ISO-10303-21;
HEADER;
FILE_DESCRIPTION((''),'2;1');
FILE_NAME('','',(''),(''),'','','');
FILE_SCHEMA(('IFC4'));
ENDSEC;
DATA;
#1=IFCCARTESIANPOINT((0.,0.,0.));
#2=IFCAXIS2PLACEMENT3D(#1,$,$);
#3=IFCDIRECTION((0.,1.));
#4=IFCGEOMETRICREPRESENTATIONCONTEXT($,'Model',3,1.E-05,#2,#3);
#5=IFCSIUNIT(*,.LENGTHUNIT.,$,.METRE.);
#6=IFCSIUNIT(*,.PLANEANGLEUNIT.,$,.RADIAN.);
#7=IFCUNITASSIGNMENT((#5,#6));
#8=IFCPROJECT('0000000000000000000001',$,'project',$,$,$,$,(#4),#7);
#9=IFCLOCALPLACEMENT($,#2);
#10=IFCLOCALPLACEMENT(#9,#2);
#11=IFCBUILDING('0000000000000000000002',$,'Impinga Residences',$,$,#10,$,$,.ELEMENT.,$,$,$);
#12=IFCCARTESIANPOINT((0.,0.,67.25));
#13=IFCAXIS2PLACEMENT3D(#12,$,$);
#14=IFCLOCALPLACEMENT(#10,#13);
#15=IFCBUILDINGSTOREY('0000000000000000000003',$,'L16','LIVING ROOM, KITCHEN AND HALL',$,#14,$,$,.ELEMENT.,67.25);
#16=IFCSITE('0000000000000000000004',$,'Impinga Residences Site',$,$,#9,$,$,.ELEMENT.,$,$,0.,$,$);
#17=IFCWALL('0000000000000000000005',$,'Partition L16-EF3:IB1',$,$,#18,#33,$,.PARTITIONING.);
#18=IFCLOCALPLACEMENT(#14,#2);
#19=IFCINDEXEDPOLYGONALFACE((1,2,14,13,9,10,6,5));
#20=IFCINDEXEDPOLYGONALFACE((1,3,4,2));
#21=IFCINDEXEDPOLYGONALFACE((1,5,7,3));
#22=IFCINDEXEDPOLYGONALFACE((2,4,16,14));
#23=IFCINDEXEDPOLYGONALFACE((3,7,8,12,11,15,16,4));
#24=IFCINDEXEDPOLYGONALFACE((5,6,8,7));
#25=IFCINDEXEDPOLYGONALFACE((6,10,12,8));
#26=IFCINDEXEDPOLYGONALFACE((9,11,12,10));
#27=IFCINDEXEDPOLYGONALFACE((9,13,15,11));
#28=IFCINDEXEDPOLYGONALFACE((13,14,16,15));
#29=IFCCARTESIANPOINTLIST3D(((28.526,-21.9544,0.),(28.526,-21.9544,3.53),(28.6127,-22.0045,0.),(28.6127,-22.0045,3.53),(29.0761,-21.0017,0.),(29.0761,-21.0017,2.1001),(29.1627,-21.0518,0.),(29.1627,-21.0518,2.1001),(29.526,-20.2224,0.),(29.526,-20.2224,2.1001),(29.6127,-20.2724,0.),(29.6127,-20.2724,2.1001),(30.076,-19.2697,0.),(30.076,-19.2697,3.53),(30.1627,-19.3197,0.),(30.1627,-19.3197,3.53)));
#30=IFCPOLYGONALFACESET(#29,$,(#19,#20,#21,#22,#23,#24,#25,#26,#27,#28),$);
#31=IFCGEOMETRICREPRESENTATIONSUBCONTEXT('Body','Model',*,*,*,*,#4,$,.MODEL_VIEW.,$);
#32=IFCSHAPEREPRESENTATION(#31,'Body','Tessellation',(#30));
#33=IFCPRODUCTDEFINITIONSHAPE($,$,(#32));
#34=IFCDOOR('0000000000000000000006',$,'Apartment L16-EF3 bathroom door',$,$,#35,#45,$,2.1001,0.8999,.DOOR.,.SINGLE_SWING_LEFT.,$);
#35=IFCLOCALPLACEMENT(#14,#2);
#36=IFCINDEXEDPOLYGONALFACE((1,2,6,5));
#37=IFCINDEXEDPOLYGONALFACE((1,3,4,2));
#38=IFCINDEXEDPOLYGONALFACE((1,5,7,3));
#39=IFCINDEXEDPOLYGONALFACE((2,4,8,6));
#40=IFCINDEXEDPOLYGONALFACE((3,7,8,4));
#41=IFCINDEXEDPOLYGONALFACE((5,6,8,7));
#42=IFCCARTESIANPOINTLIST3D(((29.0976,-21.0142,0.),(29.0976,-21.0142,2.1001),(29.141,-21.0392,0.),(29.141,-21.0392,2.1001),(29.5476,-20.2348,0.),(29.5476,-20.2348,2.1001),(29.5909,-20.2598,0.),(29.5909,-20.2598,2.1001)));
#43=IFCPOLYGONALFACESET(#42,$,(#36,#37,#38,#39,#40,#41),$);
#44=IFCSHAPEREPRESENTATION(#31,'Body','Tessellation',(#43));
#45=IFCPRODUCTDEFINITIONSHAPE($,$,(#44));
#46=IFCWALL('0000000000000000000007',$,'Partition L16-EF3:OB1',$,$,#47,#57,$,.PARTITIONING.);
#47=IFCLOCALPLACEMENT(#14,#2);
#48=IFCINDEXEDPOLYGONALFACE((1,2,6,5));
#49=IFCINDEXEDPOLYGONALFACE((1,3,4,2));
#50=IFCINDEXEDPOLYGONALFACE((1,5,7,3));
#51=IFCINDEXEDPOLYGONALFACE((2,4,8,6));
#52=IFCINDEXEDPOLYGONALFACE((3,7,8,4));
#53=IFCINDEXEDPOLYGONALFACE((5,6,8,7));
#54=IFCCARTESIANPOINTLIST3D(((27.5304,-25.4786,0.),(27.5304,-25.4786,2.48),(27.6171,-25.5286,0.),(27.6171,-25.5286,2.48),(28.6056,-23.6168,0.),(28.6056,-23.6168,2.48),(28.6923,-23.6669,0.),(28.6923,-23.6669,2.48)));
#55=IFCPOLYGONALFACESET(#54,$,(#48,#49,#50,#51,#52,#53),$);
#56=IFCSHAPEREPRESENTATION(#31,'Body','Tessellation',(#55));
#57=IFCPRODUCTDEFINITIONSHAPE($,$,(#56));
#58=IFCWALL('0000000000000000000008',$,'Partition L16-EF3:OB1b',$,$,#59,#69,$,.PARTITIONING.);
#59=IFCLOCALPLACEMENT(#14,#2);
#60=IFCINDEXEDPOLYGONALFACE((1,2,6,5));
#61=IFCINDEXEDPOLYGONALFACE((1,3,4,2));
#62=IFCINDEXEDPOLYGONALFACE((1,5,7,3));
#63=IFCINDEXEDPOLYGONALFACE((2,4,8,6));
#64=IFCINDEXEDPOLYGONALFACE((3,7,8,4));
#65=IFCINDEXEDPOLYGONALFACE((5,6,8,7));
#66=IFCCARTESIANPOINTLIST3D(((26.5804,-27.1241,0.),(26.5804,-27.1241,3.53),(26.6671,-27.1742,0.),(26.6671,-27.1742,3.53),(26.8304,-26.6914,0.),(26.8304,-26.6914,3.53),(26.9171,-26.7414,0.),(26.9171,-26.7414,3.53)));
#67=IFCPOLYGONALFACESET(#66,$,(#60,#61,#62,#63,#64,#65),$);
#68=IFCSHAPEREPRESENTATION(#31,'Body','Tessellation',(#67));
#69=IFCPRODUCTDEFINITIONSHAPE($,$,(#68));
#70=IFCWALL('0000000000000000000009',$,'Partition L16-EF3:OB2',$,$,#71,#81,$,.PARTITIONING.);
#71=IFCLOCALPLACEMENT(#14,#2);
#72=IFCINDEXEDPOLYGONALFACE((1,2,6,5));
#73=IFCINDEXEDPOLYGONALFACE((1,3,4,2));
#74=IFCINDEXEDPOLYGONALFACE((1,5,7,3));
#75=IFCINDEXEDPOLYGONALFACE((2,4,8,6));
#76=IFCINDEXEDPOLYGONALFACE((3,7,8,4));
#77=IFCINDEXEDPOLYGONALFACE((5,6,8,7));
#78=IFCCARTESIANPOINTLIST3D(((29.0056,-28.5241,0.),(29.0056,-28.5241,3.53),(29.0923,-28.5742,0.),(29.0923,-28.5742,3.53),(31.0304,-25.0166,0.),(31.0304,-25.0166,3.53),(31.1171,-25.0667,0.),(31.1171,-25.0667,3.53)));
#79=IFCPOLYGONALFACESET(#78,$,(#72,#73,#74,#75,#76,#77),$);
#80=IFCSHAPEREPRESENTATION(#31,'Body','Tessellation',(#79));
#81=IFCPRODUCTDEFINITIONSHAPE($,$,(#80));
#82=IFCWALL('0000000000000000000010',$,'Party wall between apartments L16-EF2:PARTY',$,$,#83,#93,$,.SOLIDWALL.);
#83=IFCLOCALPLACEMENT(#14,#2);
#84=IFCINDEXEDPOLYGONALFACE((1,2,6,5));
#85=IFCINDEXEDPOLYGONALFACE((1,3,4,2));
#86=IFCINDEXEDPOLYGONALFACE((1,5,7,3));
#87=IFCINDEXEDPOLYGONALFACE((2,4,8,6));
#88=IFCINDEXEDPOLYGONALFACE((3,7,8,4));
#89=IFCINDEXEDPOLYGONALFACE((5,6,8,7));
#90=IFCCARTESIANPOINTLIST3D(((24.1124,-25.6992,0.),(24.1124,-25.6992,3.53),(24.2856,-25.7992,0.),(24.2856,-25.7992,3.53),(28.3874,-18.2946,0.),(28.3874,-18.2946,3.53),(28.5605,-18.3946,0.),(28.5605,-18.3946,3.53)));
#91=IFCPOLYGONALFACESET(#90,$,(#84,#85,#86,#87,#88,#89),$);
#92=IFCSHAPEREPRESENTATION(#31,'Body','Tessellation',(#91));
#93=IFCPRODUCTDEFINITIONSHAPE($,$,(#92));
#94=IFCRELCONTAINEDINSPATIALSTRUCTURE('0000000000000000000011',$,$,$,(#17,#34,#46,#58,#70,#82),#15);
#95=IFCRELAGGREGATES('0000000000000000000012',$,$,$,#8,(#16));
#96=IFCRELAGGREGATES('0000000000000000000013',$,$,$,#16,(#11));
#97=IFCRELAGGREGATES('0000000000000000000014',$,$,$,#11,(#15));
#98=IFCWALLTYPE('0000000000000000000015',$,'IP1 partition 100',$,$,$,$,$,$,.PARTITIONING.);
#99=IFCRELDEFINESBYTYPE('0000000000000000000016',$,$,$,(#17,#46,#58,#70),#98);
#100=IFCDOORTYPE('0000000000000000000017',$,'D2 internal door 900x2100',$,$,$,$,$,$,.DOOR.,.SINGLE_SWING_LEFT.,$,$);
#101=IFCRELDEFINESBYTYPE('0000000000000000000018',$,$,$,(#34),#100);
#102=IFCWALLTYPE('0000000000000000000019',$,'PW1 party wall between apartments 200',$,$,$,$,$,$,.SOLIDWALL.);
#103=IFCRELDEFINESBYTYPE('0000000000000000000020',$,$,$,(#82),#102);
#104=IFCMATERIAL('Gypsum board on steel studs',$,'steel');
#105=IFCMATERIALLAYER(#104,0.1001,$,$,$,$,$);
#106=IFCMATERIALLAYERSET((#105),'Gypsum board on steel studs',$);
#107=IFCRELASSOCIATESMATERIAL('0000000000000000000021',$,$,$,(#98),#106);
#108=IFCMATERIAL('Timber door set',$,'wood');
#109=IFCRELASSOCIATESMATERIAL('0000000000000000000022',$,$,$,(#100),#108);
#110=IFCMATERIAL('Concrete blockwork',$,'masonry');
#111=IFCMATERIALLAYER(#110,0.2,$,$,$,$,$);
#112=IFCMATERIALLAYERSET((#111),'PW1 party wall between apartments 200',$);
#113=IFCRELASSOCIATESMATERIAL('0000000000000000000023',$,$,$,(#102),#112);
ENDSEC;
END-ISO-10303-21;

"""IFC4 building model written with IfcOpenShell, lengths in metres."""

from ifc_helpers import new_model, si_unit, direction, frame, frame_2d, origin, place, context, subcontext, project, spatial, rectangle, extrude, material, layer, layer_set, type_object, element, fill, save


model = new_model("IFC4")

# Units and contexts
model_context = context("Model", 3, precision=1e-05, world=origin(), true_north=direction((0.0, 1.0)))
body_context = subcontext(model_context, "Body", "Model", "MODEL_VIEW")
ifc_project = project(units=[si_unit("LENGTHUNIT", "METRE"), si_unit("PLANEANGLEUNIT", "RADIAN")], contexts=[model_context])

# Site, building, storey
site_placement = place(None, origin())
site = spatial("IfcSite", under=ifc_project, at=site_placement, Name="Impinga Residences Site", CompositionType="ELEMENT", RefElevation=0.0)
building_placement = place(site_placement, origin())
building = spatial("IfcBuilding", under=site, at=building_placement, Name="Impinga Residences", CompositionType="ELEMENT")
storey_placement = place(building_placement, frame((0.0, 0.0, 67.25)))
storey = spatial("IfcBuildingStorey", under=building, at=storey_placement, Name="L16", Description="LIVING ROOM, KITCHEN AND HALL", CompositionType="ELEMENT", Elevation=67.25)

# Shared definitions
ifc_material_1 = material(Name="Gypsum board on steel studs", Category="steel")
ifc_layer_1 = layer(ifc_material_1, 0.1001)
ifc_layer_set_1 = layer_set([ifc_layer_1], Name="Gypsum board on steel studs")
wall_type_1 = type_object("IfcWallType", Name="IP1 partition 100", PredefinedType="PARTITIONING", material=ifc_layer_set_1)

# Shared definitions
ifc_material_2 = material(Name="Timber door set", Category="wood")
door_type = type_object("IfcDoorType", Name="D2 internal door 900x2100", OperationType="SINGLE_SWING_LEFT", PredefinedType="DOOR", material=ifc_material_2)

# Wall, opening, door
wall_1_placement = place(storey_placement, frame((30.1194, -19.2947, 0.0), z_axis=(0.0, 0.0, 1.0), x_axis=(-0.499993, -0.86603, 0.0)))
wall_1 = element("IfcWall", 1, at=wall_1_placement, inside=storey, type_object=wall_type_1, Name="Partition L16-EF3:IB1", PredefinedType="PARTITIONING", context=body_context, shape_type="SweptSolid", body=[
    extrude(rectangle(XDim=3.1001, YDim=0.1001, at=frame_2d((1.55, 0.0))), origin(), (0.0, 0.0, 1.0), 3.53),
])
opening_1_placement = place(wall_1_placement, frame((1.1001, 0.0, 0.0)))
opening_1 = element("IfcOpeningElement", 2, at=opening_1_placement, cuts=wall_1, PredefinedType="OPENING", context=body_context, shape_type="SweptSolid", body=[
    extrude(rectangle(XDim=0.8999, YDim=2.1001, at=frame_2d((0.45, 1.05))), frame((0.0, 0.0601, 0.0), z_axis=(0.0, -1.0, 0.0), x_axis=(1.0, 0.0, 0.0)), (0.0, 0.0, 1.0), 0.1201),
])
door_1_placement = place(opening_1_placement, origin())
door_1 = element("IfcDoor", 3, at=door_1_placement, inside=storey, type_object=door_type, Name="Apartment L16-EF3 bathroom door", OperationType="SINGLE_SWING_LEFT", OverallHeight=2.1001, OverallWidth=0.8999, PredefinedType="DOOR", context=body_context, shape_type="SweptSolid", body=[
    extrude(rectangle(XDim=0.8999, YDim=2.1001, at=frame_2d((0.45, 1.05))), frame((0.0, 0.0249, 0.0), z_axis=(0.0, -1.0, 0.0), x_axis=(1.0, 0.0, 0.0)), (0.0, 0.0, 1.0), 0.05),
])
fill(opening_1, door_1)

# Walls
wall_2_placement = place(storey_placement, frame((28.6489, -23.6418, 0.0), z_axis=(0.0, 0.0, 1.0), x_axis=(-0.500096, -0.86597, 0.0)))
element("IfcWall", 4, at=wall_2_placement, inside=storey, type_object=wall_type_1, Name="Partition L16-EF3:OB1", PredefinedType="PARTITIONING", context=body_context, shape_type="SweptSolid", body=[
    extrude(rectangle(XDim=2.1499, YDim=0.1001, at=frame_2d((1.075, 0.0))), origin(), (0.0, 0.0, 1.0), 2.48),
])
wall_3_placement = place(storey_placement, frame((26.8738, -26.7163, 0.0), z_axis=(0.0, 0.0, 1.0), x_axis=(-0.500131, -0.86595, 0.0)))
element("IfcWall", 5, at=wall_3_placement, inside=storey, type_object=wall_type_1, Name="Partition L16-EF3:OB1b", PredefinedType="PARTITIONING", context=body_context, shape_type="SweptSolid", body=[
    extrude(rectangle(XDim=0.4998, YDim=0.1001, at=frame_2d((0.25, 0.0))), origin(), (0.0, 0.0, 1.0), 3.53),
])
wall_4_placement = place(storey_placement, frame((31.0737, -25.0417, 0.0), z_axis=(0.0, 0.0, 1.0), x_axis=(-0.499964, -0.866046, 0.0)))
element("IfcWall", 6, at=wall_4_placement, inside=storey, type_object=wall_type_1, Name="Partition L16-EF3:OB2", PredefinedType="PARTITIONING", context=body_context, shape_type="SweptSolid", body=[
    extrude(rectangle(XDim=4.05, YDim=0.1001, at=frame_2d((2.0249, 0.0))), origin(), (0.0, 0.0, 1.0), 3.53),
])
ifc_material_3 = material(Name="Concrete blockwork", Category="masonry")
ifc_layer_2 = layer(ifc_material_3, 0.2)
ifc_layer_set_2 = layer_set([ifc_layer_2], Name="PW1 party wall between apartments 200")
wall_type_2 = type_object("IfcWallType", Name="PW1 party wall between apartments 200", PredefinedType="SOLIDWALL", material=ifc_layer_set_2)
wall_5_placement = place(storey_placement, frame((28.4739, -18.3447, 0.0), z_axis=(0.0, 0.0, 1.0), x_axis=(-0.49999, -0.866031, 0.0)))
element("IfcWall", 7, at=wall_5_placement, inside=storey, type_object=wall_type_2, Name="Party wall between apartments L16-EF2:PARTY", PredefinedType="SOLIDWALL", context=body_context, shape_type="SweptSolid", body=[
    extrude(rectangle(XDim=8.55, YDim=0.2, at=frame_2d((4.2749, 0.0))), origin(), (0.0, 0.0, 1.0), 3.53),
])

save(model, "model.ifc")
